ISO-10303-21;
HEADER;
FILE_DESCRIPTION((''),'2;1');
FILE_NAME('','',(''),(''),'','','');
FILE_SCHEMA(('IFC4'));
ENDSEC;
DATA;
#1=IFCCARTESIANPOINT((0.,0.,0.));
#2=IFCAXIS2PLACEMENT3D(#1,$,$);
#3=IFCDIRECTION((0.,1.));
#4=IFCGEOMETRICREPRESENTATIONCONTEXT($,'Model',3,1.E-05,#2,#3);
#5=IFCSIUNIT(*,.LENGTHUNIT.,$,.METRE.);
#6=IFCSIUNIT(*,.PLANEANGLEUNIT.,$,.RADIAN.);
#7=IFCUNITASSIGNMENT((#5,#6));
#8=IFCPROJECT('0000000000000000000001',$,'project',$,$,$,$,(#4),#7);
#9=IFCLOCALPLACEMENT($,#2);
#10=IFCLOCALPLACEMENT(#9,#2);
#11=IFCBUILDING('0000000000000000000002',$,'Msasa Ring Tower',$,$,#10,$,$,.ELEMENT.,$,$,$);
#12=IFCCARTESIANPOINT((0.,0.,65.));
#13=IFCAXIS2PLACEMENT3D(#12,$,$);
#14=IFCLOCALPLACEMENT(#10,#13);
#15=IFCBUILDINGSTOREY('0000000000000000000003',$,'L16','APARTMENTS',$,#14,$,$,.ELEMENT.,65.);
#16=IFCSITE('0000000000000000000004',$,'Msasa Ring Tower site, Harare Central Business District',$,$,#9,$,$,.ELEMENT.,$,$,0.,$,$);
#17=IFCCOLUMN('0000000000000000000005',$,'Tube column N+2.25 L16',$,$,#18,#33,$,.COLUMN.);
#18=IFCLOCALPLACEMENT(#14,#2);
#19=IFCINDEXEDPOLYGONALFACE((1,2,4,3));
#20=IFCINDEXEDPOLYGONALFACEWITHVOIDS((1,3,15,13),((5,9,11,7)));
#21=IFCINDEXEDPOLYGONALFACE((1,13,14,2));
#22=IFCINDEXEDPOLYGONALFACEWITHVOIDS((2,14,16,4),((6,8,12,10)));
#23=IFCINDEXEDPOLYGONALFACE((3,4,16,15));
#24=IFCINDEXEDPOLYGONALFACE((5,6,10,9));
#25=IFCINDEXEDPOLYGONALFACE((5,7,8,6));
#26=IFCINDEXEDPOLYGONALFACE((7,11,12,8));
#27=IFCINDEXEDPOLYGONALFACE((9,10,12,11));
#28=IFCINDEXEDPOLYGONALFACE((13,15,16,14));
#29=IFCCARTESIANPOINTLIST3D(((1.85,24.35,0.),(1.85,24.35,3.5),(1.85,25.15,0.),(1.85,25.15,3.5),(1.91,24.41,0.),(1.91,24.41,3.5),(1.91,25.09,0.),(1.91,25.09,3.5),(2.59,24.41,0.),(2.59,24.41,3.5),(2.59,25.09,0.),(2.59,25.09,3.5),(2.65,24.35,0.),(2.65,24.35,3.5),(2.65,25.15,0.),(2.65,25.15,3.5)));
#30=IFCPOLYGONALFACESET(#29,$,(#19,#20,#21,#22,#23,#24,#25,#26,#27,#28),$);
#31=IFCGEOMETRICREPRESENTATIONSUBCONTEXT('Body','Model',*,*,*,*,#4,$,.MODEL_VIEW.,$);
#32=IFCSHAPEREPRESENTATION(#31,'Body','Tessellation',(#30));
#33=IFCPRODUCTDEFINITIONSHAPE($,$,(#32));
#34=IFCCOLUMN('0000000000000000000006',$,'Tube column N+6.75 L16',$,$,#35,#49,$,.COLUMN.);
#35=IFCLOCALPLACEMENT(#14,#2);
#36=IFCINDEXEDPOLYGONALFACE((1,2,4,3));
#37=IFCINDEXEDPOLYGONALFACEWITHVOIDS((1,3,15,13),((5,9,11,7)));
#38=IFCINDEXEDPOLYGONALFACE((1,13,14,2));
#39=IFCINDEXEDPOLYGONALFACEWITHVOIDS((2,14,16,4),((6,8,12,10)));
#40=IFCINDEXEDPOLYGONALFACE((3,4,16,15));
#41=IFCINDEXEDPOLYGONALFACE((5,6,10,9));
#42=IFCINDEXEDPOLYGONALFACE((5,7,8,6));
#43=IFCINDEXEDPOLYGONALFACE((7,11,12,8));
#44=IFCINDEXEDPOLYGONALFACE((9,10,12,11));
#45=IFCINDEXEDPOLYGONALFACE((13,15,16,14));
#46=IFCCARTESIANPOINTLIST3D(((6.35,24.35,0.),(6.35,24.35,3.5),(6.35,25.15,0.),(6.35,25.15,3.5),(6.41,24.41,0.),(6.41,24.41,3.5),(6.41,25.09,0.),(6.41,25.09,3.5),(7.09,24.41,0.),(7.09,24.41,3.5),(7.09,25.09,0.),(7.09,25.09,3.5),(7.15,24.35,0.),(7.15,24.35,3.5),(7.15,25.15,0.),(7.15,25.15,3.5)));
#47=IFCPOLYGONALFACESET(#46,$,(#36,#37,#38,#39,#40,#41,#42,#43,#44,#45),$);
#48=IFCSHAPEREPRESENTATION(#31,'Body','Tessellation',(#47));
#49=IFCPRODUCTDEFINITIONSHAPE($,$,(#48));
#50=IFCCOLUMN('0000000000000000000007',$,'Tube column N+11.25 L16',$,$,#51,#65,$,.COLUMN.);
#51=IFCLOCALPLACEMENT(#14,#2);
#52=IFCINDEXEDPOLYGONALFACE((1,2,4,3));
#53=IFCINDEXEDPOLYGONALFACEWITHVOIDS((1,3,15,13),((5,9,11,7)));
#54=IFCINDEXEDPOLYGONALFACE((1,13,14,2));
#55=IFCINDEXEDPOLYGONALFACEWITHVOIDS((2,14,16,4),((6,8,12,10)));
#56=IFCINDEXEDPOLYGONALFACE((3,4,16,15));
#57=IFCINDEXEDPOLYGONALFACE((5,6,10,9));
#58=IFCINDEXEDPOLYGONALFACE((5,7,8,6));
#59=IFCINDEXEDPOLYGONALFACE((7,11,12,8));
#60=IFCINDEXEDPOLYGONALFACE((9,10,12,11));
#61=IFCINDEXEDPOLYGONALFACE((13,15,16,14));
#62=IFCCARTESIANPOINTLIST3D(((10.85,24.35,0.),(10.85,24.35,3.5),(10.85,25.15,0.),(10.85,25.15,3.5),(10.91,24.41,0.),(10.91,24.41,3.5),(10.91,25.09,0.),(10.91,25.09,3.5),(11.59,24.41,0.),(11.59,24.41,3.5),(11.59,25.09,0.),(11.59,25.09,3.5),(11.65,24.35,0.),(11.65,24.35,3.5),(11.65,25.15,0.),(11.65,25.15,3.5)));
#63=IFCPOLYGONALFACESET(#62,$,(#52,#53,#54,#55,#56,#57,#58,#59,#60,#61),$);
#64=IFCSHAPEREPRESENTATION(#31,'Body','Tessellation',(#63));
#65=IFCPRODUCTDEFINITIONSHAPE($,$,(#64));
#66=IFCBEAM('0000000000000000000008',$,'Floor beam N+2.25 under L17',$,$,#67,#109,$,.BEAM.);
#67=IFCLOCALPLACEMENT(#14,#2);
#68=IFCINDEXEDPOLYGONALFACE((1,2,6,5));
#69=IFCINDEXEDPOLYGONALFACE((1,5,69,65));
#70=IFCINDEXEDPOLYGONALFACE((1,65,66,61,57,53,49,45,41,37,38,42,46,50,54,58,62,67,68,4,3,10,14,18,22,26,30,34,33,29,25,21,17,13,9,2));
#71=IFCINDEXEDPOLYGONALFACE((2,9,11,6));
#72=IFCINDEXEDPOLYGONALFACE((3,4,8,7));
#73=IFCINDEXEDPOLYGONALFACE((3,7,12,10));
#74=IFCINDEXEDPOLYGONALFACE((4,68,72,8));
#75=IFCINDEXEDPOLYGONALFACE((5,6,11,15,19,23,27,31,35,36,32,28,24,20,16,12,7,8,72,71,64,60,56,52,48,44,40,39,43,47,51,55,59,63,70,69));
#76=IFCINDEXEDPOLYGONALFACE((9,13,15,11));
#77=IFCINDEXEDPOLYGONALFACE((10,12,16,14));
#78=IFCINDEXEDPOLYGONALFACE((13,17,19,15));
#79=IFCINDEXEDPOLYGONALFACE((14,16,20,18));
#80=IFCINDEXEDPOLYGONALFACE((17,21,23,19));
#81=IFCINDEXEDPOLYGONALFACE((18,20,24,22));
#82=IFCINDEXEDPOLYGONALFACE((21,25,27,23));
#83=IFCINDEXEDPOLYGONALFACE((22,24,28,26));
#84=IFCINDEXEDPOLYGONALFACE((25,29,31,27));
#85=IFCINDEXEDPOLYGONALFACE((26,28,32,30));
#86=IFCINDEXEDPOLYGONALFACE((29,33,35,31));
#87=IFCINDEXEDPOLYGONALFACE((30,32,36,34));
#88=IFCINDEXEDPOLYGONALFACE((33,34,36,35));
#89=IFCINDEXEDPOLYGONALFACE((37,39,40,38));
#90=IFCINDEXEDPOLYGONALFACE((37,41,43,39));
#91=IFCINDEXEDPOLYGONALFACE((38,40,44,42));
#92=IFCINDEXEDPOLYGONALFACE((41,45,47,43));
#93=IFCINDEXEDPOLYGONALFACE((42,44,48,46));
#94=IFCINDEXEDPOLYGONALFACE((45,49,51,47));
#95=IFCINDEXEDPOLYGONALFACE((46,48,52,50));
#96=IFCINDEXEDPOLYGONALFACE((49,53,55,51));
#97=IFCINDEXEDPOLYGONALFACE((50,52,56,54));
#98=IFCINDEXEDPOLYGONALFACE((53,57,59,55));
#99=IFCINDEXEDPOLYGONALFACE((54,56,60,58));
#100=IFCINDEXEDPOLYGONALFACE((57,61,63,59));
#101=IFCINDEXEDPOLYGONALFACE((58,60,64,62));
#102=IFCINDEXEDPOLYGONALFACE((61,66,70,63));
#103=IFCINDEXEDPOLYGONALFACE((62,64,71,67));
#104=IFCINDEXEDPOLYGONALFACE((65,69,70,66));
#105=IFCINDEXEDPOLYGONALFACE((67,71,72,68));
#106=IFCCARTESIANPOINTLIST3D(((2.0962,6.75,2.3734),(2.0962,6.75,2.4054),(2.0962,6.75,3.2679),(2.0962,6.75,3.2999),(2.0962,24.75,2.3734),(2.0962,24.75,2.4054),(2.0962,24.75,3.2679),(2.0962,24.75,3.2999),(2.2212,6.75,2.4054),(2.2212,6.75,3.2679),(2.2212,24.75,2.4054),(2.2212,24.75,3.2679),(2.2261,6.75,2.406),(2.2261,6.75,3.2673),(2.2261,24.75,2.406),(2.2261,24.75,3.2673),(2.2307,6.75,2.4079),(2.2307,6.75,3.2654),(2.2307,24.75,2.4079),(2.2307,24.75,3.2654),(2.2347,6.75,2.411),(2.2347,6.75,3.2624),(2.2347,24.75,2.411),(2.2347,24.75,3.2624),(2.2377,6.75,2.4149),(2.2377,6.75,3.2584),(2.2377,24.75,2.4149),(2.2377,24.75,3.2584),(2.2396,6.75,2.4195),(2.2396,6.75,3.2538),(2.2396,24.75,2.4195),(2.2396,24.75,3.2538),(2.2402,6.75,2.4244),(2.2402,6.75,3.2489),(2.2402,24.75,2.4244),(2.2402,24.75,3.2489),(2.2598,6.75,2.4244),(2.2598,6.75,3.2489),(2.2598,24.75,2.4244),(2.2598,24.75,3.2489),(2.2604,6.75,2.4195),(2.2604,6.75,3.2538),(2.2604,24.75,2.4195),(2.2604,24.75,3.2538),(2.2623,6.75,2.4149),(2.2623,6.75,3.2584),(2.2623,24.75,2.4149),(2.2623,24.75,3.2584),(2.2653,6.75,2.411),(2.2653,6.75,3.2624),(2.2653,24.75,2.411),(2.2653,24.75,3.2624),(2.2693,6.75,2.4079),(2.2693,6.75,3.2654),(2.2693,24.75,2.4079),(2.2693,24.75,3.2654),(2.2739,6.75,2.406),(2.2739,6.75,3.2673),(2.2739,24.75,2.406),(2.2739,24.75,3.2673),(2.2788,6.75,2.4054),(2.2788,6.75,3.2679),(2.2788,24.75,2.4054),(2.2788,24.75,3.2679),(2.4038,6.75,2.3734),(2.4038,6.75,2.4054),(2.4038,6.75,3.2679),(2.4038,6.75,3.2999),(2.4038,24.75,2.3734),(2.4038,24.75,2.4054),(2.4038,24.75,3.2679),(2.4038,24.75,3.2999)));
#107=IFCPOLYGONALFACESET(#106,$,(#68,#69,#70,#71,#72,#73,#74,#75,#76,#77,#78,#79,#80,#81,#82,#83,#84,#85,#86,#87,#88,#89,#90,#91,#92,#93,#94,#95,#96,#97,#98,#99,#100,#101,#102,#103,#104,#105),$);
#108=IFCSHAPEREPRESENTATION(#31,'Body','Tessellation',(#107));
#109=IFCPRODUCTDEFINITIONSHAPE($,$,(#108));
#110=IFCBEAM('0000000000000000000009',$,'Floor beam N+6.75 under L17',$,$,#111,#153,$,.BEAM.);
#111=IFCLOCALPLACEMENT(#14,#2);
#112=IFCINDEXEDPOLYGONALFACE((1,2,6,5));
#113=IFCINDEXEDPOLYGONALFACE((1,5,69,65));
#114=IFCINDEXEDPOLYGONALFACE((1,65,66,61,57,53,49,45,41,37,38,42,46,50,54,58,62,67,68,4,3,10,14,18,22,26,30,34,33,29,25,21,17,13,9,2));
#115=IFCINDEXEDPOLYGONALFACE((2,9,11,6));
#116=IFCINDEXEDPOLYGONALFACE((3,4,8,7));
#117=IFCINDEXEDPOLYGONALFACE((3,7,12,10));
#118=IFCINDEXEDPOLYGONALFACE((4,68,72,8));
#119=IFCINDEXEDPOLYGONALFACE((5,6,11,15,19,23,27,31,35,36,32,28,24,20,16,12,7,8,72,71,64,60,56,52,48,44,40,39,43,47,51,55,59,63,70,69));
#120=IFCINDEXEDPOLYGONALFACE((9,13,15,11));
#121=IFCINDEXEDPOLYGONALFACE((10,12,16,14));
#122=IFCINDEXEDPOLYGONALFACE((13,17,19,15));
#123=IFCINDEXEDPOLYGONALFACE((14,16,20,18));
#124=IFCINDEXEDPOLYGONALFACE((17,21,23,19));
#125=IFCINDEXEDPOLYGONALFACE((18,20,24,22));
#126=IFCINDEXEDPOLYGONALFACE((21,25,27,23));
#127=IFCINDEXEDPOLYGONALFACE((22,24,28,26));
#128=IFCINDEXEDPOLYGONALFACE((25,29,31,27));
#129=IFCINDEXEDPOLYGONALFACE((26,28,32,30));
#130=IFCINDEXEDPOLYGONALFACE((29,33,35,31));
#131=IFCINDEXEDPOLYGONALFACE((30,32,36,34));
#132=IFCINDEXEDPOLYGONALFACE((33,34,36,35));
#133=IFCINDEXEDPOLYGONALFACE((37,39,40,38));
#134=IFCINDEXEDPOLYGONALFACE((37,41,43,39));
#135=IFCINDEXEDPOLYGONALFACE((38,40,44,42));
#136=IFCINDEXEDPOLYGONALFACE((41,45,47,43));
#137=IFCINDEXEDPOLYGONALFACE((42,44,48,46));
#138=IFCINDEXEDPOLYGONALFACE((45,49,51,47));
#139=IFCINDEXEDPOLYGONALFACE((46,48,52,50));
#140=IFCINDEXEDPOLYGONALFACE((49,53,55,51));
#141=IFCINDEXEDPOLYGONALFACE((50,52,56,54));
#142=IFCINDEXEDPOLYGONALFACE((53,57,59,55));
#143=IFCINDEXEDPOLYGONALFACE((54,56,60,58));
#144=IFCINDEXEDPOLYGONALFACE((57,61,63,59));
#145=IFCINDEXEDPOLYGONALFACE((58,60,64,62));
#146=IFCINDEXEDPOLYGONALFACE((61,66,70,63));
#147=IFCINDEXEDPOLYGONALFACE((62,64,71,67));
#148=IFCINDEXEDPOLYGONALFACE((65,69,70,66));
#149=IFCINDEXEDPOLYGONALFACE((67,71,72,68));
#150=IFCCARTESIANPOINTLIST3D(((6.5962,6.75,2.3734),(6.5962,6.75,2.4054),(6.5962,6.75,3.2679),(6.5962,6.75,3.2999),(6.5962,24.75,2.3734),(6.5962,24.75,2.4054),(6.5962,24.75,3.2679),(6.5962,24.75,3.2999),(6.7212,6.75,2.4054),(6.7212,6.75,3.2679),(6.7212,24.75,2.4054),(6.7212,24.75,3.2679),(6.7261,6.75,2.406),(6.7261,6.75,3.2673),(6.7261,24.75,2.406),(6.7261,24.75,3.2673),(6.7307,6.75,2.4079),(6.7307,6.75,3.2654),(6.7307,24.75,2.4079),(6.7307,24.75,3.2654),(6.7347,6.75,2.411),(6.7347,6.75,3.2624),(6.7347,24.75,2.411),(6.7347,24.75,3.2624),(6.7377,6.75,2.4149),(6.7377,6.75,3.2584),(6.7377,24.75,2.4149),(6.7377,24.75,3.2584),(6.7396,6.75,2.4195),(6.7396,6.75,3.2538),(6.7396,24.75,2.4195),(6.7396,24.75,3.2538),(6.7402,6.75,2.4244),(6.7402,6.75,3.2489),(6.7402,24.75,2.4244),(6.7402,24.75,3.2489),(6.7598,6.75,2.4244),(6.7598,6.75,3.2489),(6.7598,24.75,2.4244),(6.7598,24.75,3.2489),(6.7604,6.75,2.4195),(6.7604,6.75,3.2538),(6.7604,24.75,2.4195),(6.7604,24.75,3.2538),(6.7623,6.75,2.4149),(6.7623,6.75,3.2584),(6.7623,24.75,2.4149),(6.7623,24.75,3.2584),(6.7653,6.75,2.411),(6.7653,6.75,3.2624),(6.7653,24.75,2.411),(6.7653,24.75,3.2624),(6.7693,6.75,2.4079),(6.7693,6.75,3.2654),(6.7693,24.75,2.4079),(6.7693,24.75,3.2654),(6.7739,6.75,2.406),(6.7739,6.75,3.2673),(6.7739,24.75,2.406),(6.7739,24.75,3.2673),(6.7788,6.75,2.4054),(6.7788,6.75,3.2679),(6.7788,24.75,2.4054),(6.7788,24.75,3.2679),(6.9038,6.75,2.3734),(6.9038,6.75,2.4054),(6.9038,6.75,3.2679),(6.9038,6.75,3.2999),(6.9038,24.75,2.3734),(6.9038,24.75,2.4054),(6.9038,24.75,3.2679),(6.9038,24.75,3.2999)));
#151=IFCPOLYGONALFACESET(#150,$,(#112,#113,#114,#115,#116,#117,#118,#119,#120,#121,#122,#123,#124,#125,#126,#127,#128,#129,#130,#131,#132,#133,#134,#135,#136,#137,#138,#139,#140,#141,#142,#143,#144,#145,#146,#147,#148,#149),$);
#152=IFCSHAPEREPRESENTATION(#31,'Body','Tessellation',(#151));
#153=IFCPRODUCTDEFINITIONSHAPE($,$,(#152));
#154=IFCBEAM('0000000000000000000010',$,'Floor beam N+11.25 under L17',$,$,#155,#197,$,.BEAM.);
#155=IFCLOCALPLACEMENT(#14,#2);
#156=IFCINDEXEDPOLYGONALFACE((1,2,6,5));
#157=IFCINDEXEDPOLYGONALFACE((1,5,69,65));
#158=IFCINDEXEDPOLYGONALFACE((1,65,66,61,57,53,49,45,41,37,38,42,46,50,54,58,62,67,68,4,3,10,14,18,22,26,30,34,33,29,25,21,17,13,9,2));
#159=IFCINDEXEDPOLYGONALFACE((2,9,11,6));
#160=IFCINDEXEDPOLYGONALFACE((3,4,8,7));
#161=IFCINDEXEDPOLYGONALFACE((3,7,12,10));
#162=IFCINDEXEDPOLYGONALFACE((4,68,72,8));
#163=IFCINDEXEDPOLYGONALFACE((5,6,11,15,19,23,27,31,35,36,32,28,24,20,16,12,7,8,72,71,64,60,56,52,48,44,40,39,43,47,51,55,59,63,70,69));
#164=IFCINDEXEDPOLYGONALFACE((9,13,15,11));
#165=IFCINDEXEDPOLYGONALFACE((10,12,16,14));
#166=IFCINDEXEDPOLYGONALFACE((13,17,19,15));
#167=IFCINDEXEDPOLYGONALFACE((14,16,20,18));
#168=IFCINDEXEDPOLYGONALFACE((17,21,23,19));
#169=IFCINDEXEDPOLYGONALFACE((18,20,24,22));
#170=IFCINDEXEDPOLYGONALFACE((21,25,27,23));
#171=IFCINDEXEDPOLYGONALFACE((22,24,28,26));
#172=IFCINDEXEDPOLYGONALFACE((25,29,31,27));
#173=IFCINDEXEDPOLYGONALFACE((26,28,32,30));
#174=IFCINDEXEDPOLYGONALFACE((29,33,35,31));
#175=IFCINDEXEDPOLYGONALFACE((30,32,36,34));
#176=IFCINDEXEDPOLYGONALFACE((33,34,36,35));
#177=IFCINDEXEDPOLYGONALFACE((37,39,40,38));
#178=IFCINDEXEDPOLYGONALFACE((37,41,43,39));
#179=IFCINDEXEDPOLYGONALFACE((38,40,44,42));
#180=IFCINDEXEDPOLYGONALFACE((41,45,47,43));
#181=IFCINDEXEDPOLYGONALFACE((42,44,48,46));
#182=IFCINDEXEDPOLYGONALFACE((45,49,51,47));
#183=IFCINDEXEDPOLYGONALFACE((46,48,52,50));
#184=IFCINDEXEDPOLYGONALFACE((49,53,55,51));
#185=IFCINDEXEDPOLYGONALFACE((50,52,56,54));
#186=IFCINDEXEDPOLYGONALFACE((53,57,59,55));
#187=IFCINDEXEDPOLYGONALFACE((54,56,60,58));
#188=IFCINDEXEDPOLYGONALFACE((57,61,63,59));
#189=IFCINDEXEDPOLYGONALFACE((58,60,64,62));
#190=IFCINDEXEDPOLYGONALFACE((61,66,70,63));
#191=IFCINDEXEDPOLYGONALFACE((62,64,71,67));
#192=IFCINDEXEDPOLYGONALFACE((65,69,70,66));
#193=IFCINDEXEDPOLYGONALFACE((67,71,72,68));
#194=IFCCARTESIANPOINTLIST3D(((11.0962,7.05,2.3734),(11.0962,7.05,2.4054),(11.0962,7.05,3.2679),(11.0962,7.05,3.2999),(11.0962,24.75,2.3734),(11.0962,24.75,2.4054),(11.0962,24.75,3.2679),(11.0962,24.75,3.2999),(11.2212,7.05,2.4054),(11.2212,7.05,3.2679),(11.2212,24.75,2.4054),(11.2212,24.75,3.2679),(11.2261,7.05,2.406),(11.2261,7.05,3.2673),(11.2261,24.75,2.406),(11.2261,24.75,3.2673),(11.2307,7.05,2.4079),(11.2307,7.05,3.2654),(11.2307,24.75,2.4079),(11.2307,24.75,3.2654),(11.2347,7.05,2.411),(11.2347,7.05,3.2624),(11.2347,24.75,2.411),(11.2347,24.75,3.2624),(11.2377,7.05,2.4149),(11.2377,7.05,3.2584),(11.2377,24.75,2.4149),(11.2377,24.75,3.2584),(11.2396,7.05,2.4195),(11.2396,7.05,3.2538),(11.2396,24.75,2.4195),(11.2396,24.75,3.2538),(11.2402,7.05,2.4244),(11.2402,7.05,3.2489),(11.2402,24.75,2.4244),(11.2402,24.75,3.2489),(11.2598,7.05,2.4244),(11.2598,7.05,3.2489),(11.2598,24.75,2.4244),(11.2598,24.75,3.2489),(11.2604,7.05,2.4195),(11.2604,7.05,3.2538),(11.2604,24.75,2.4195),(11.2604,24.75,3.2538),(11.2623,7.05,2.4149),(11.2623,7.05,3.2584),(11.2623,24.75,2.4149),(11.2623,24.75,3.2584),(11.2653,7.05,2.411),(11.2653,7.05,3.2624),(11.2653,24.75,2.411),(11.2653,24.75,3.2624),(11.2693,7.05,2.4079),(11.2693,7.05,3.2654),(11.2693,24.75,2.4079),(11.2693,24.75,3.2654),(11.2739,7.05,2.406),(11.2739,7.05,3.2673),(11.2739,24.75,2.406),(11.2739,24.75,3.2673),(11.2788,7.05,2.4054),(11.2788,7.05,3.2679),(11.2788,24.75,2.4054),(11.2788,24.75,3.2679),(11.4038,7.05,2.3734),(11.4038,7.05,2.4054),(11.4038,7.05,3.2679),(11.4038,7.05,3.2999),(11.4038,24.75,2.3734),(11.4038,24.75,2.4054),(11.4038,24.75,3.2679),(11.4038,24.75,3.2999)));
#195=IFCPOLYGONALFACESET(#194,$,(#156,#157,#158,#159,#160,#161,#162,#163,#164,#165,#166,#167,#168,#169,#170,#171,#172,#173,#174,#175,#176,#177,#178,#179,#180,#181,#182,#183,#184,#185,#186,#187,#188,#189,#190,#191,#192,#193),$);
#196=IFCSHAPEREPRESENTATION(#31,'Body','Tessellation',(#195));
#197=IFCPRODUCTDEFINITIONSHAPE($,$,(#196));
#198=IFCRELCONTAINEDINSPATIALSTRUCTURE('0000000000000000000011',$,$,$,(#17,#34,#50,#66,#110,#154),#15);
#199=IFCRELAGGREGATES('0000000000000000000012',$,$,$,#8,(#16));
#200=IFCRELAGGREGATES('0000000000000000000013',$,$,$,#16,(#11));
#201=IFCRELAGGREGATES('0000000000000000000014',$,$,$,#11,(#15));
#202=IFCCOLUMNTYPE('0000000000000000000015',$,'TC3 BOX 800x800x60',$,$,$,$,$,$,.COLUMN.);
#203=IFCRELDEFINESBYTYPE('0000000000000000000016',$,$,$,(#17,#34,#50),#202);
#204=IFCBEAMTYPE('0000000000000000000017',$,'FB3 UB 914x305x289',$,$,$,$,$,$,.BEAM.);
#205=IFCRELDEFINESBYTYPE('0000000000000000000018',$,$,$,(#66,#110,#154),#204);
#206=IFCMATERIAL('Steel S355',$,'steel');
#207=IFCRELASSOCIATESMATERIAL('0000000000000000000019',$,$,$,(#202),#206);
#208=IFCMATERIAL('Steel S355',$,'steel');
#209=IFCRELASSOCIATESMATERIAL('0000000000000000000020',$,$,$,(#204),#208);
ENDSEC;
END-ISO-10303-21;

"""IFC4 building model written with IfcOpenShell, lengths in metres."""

from ifc_helpers import new_model, si_unit, direction, frame, origin, origin_2d, place, context, subcontext, project, spatial, hollow_rectangle, i_section, extrude, material, material_profile, profile_set, type_object, element, save


model = new_model("IFC4")

# Units and contexts
model_context = context("Model", 3, precision=1e-05, world=origin(), true_north=direction((0.0, 1.0)))
body_context = subcontext(model_context, "Body", "Model", "MODEL_VIEW")
ifc_project = project(units=[si_unit("LENGTHUNIT", "METRE"), si_unit("PLANEANGLEUNIT", "RADIAN")], contexts=[model_context])

# Site, building, storey
site_placement = place(None, origin())
site = spatial("IfcSite", under=ifc_project, at=site_placement, Name="Msasa Ring Tower site, Harare Central Business District", CompositionType="ELEMENT", RefElevation=0.0)
building_placement = place(site_placement, origin())
building = spatial("IfcBuilding", under=site, at=building_placement, Name="Msasa Ring Tower", CompositionType="ELEMENT")
storey_placement = place(building_placement, frame((0.0, 0.0, 65.0)))
storey = spatial("IfcBuildingStorey", under=building, at=storey_placement, Name="L16", Description="APARTMENTS", CompositionType="ELEMENT", Elevation=65.0)

# Columns
ifc_material_1 = material(Name="Steel S355", Category="steel")
ifc_material_profile_1 = material_profile(ifc_material_1, hollow_rectangle(XDim=0.8, YDim=0.8, WallThickness=0.0601, at=origin_2d()), Name="BOX 800x800x60")
ifc_profile_set_1 = profile_set([ifc_material_profile_1], Name="Steel S355")
column_type = type_object("IfcColumnType", Name="TC3 BOX 800x800x60", PredefinedType="COLUMN", material=ifc_profile_set_1)
for number, where, z_axis, x_axis, name in (
    (1, (2.25, 24.75, 0.0), (0.0, 0.0, 1.0), (0.0, 1.0, 0.0), "Tube column N+2.25 L16"),
    (2, (6.75, 24.75, 0.0), (0.0, 0.0, 1.0), (0.0, 1.0, 0.0), "Tube column N+6.75 L16"),
    (3, (11.25, 24.75, 0.0), (0.0, 0.0, 1.0), (0.0, 1.0, 0.0), "Tube column N+11.25 L16"),
):
    element("IfcColumn", number, at=place(storey_placement, frame(where, z_axis=z_axis, x_axis=x_axis)), inside=storey, type_object=column_type, Name=name, PredefinedType="COLUMN", context=body_context, shape_type="SweptSolid", body=[
        extrude(hollow_rectangle(XDim=0.8, YDim=0.8, WallThickness=0.0601, at=origin_2d()), origin(), (0.0, 0.0, 1.0), 3.5),
    ])

# Beams
ifc_material_2 = material(Name="Steel S355", Category="steel")
ifc_material_profile_2 = material_profile(ifc_material_2, i_section(OverallWidth=0.3076, OverallDepth=0.9265, WebThickness=0.0195, FlangeThickness=0.032, FilletRadius=0.019, at=origin_2d()), Name="UB 914x305x289")
ifc_profile_set_2 = profile_set([ifc_material_profile_2], Name="Steel S355")
beam_type_1 = type_object("IfcBeamType", Name="FB3 UB 914x305x289", PredefinedType="BEAM", material=ifc_profile_set_2)
for number, where, z_axis, x_axis, name in (
    (4, (2.25, 24.75, 2.8367), (0.0, -1.0, 0.0), (1.0, 0.0, 0.0), "Floor beam N+2.25 under L17"),
    (5, (6.75, 24.75, 2.8367), (0.0, -1.0, 0.0), (1.0, 0.0, 0.0), "Floor beam N+6.75 under L17"),
):
    element("IfcBeam", number, at=place(storey_placement, frame(where, z_axis=z_axis, x_axis=x_axis)), inside=storey, type_object=beam_type_1, Name=name, PredefinedType="BEAM", context=body_context, shape_type="SweptSolid", body=[
        extrude(i_section(OverallWidth=0.3076, OverallDepth=0.9265, WebThickness=0.0195, FlangeThickness=0.032, FilletRadius=0.019, at=origin_2d()), origin(), (0.0, 0.0, 1.0), 18.0),
    ])
beam_placement = place(storey_placement, frame((11.25, 24.75, 2.8367), z_axis=(0.0, -1.0, 0.0), x_axis=(1.0, 0.0, 0.0)))
element("IfcBeam", 6, at=beam_placement, inside=storey, type_object=beam_type_1, Name="Floor beam N+11.25 under L17", PredefinedType="BEAM", context=body_context, shape_type="SweptSolid", body=[
    extrude(i_section(OverallWidth=0.3076, OverallDepth=0.9265, WebThickness=0.0195, FlangeThickness=0.032, FilletRadius=0.019, at=origin_2d()), origin(), (0.0, 0.0, 1.0), 17.7),
])

save(model, "model.ifc")
